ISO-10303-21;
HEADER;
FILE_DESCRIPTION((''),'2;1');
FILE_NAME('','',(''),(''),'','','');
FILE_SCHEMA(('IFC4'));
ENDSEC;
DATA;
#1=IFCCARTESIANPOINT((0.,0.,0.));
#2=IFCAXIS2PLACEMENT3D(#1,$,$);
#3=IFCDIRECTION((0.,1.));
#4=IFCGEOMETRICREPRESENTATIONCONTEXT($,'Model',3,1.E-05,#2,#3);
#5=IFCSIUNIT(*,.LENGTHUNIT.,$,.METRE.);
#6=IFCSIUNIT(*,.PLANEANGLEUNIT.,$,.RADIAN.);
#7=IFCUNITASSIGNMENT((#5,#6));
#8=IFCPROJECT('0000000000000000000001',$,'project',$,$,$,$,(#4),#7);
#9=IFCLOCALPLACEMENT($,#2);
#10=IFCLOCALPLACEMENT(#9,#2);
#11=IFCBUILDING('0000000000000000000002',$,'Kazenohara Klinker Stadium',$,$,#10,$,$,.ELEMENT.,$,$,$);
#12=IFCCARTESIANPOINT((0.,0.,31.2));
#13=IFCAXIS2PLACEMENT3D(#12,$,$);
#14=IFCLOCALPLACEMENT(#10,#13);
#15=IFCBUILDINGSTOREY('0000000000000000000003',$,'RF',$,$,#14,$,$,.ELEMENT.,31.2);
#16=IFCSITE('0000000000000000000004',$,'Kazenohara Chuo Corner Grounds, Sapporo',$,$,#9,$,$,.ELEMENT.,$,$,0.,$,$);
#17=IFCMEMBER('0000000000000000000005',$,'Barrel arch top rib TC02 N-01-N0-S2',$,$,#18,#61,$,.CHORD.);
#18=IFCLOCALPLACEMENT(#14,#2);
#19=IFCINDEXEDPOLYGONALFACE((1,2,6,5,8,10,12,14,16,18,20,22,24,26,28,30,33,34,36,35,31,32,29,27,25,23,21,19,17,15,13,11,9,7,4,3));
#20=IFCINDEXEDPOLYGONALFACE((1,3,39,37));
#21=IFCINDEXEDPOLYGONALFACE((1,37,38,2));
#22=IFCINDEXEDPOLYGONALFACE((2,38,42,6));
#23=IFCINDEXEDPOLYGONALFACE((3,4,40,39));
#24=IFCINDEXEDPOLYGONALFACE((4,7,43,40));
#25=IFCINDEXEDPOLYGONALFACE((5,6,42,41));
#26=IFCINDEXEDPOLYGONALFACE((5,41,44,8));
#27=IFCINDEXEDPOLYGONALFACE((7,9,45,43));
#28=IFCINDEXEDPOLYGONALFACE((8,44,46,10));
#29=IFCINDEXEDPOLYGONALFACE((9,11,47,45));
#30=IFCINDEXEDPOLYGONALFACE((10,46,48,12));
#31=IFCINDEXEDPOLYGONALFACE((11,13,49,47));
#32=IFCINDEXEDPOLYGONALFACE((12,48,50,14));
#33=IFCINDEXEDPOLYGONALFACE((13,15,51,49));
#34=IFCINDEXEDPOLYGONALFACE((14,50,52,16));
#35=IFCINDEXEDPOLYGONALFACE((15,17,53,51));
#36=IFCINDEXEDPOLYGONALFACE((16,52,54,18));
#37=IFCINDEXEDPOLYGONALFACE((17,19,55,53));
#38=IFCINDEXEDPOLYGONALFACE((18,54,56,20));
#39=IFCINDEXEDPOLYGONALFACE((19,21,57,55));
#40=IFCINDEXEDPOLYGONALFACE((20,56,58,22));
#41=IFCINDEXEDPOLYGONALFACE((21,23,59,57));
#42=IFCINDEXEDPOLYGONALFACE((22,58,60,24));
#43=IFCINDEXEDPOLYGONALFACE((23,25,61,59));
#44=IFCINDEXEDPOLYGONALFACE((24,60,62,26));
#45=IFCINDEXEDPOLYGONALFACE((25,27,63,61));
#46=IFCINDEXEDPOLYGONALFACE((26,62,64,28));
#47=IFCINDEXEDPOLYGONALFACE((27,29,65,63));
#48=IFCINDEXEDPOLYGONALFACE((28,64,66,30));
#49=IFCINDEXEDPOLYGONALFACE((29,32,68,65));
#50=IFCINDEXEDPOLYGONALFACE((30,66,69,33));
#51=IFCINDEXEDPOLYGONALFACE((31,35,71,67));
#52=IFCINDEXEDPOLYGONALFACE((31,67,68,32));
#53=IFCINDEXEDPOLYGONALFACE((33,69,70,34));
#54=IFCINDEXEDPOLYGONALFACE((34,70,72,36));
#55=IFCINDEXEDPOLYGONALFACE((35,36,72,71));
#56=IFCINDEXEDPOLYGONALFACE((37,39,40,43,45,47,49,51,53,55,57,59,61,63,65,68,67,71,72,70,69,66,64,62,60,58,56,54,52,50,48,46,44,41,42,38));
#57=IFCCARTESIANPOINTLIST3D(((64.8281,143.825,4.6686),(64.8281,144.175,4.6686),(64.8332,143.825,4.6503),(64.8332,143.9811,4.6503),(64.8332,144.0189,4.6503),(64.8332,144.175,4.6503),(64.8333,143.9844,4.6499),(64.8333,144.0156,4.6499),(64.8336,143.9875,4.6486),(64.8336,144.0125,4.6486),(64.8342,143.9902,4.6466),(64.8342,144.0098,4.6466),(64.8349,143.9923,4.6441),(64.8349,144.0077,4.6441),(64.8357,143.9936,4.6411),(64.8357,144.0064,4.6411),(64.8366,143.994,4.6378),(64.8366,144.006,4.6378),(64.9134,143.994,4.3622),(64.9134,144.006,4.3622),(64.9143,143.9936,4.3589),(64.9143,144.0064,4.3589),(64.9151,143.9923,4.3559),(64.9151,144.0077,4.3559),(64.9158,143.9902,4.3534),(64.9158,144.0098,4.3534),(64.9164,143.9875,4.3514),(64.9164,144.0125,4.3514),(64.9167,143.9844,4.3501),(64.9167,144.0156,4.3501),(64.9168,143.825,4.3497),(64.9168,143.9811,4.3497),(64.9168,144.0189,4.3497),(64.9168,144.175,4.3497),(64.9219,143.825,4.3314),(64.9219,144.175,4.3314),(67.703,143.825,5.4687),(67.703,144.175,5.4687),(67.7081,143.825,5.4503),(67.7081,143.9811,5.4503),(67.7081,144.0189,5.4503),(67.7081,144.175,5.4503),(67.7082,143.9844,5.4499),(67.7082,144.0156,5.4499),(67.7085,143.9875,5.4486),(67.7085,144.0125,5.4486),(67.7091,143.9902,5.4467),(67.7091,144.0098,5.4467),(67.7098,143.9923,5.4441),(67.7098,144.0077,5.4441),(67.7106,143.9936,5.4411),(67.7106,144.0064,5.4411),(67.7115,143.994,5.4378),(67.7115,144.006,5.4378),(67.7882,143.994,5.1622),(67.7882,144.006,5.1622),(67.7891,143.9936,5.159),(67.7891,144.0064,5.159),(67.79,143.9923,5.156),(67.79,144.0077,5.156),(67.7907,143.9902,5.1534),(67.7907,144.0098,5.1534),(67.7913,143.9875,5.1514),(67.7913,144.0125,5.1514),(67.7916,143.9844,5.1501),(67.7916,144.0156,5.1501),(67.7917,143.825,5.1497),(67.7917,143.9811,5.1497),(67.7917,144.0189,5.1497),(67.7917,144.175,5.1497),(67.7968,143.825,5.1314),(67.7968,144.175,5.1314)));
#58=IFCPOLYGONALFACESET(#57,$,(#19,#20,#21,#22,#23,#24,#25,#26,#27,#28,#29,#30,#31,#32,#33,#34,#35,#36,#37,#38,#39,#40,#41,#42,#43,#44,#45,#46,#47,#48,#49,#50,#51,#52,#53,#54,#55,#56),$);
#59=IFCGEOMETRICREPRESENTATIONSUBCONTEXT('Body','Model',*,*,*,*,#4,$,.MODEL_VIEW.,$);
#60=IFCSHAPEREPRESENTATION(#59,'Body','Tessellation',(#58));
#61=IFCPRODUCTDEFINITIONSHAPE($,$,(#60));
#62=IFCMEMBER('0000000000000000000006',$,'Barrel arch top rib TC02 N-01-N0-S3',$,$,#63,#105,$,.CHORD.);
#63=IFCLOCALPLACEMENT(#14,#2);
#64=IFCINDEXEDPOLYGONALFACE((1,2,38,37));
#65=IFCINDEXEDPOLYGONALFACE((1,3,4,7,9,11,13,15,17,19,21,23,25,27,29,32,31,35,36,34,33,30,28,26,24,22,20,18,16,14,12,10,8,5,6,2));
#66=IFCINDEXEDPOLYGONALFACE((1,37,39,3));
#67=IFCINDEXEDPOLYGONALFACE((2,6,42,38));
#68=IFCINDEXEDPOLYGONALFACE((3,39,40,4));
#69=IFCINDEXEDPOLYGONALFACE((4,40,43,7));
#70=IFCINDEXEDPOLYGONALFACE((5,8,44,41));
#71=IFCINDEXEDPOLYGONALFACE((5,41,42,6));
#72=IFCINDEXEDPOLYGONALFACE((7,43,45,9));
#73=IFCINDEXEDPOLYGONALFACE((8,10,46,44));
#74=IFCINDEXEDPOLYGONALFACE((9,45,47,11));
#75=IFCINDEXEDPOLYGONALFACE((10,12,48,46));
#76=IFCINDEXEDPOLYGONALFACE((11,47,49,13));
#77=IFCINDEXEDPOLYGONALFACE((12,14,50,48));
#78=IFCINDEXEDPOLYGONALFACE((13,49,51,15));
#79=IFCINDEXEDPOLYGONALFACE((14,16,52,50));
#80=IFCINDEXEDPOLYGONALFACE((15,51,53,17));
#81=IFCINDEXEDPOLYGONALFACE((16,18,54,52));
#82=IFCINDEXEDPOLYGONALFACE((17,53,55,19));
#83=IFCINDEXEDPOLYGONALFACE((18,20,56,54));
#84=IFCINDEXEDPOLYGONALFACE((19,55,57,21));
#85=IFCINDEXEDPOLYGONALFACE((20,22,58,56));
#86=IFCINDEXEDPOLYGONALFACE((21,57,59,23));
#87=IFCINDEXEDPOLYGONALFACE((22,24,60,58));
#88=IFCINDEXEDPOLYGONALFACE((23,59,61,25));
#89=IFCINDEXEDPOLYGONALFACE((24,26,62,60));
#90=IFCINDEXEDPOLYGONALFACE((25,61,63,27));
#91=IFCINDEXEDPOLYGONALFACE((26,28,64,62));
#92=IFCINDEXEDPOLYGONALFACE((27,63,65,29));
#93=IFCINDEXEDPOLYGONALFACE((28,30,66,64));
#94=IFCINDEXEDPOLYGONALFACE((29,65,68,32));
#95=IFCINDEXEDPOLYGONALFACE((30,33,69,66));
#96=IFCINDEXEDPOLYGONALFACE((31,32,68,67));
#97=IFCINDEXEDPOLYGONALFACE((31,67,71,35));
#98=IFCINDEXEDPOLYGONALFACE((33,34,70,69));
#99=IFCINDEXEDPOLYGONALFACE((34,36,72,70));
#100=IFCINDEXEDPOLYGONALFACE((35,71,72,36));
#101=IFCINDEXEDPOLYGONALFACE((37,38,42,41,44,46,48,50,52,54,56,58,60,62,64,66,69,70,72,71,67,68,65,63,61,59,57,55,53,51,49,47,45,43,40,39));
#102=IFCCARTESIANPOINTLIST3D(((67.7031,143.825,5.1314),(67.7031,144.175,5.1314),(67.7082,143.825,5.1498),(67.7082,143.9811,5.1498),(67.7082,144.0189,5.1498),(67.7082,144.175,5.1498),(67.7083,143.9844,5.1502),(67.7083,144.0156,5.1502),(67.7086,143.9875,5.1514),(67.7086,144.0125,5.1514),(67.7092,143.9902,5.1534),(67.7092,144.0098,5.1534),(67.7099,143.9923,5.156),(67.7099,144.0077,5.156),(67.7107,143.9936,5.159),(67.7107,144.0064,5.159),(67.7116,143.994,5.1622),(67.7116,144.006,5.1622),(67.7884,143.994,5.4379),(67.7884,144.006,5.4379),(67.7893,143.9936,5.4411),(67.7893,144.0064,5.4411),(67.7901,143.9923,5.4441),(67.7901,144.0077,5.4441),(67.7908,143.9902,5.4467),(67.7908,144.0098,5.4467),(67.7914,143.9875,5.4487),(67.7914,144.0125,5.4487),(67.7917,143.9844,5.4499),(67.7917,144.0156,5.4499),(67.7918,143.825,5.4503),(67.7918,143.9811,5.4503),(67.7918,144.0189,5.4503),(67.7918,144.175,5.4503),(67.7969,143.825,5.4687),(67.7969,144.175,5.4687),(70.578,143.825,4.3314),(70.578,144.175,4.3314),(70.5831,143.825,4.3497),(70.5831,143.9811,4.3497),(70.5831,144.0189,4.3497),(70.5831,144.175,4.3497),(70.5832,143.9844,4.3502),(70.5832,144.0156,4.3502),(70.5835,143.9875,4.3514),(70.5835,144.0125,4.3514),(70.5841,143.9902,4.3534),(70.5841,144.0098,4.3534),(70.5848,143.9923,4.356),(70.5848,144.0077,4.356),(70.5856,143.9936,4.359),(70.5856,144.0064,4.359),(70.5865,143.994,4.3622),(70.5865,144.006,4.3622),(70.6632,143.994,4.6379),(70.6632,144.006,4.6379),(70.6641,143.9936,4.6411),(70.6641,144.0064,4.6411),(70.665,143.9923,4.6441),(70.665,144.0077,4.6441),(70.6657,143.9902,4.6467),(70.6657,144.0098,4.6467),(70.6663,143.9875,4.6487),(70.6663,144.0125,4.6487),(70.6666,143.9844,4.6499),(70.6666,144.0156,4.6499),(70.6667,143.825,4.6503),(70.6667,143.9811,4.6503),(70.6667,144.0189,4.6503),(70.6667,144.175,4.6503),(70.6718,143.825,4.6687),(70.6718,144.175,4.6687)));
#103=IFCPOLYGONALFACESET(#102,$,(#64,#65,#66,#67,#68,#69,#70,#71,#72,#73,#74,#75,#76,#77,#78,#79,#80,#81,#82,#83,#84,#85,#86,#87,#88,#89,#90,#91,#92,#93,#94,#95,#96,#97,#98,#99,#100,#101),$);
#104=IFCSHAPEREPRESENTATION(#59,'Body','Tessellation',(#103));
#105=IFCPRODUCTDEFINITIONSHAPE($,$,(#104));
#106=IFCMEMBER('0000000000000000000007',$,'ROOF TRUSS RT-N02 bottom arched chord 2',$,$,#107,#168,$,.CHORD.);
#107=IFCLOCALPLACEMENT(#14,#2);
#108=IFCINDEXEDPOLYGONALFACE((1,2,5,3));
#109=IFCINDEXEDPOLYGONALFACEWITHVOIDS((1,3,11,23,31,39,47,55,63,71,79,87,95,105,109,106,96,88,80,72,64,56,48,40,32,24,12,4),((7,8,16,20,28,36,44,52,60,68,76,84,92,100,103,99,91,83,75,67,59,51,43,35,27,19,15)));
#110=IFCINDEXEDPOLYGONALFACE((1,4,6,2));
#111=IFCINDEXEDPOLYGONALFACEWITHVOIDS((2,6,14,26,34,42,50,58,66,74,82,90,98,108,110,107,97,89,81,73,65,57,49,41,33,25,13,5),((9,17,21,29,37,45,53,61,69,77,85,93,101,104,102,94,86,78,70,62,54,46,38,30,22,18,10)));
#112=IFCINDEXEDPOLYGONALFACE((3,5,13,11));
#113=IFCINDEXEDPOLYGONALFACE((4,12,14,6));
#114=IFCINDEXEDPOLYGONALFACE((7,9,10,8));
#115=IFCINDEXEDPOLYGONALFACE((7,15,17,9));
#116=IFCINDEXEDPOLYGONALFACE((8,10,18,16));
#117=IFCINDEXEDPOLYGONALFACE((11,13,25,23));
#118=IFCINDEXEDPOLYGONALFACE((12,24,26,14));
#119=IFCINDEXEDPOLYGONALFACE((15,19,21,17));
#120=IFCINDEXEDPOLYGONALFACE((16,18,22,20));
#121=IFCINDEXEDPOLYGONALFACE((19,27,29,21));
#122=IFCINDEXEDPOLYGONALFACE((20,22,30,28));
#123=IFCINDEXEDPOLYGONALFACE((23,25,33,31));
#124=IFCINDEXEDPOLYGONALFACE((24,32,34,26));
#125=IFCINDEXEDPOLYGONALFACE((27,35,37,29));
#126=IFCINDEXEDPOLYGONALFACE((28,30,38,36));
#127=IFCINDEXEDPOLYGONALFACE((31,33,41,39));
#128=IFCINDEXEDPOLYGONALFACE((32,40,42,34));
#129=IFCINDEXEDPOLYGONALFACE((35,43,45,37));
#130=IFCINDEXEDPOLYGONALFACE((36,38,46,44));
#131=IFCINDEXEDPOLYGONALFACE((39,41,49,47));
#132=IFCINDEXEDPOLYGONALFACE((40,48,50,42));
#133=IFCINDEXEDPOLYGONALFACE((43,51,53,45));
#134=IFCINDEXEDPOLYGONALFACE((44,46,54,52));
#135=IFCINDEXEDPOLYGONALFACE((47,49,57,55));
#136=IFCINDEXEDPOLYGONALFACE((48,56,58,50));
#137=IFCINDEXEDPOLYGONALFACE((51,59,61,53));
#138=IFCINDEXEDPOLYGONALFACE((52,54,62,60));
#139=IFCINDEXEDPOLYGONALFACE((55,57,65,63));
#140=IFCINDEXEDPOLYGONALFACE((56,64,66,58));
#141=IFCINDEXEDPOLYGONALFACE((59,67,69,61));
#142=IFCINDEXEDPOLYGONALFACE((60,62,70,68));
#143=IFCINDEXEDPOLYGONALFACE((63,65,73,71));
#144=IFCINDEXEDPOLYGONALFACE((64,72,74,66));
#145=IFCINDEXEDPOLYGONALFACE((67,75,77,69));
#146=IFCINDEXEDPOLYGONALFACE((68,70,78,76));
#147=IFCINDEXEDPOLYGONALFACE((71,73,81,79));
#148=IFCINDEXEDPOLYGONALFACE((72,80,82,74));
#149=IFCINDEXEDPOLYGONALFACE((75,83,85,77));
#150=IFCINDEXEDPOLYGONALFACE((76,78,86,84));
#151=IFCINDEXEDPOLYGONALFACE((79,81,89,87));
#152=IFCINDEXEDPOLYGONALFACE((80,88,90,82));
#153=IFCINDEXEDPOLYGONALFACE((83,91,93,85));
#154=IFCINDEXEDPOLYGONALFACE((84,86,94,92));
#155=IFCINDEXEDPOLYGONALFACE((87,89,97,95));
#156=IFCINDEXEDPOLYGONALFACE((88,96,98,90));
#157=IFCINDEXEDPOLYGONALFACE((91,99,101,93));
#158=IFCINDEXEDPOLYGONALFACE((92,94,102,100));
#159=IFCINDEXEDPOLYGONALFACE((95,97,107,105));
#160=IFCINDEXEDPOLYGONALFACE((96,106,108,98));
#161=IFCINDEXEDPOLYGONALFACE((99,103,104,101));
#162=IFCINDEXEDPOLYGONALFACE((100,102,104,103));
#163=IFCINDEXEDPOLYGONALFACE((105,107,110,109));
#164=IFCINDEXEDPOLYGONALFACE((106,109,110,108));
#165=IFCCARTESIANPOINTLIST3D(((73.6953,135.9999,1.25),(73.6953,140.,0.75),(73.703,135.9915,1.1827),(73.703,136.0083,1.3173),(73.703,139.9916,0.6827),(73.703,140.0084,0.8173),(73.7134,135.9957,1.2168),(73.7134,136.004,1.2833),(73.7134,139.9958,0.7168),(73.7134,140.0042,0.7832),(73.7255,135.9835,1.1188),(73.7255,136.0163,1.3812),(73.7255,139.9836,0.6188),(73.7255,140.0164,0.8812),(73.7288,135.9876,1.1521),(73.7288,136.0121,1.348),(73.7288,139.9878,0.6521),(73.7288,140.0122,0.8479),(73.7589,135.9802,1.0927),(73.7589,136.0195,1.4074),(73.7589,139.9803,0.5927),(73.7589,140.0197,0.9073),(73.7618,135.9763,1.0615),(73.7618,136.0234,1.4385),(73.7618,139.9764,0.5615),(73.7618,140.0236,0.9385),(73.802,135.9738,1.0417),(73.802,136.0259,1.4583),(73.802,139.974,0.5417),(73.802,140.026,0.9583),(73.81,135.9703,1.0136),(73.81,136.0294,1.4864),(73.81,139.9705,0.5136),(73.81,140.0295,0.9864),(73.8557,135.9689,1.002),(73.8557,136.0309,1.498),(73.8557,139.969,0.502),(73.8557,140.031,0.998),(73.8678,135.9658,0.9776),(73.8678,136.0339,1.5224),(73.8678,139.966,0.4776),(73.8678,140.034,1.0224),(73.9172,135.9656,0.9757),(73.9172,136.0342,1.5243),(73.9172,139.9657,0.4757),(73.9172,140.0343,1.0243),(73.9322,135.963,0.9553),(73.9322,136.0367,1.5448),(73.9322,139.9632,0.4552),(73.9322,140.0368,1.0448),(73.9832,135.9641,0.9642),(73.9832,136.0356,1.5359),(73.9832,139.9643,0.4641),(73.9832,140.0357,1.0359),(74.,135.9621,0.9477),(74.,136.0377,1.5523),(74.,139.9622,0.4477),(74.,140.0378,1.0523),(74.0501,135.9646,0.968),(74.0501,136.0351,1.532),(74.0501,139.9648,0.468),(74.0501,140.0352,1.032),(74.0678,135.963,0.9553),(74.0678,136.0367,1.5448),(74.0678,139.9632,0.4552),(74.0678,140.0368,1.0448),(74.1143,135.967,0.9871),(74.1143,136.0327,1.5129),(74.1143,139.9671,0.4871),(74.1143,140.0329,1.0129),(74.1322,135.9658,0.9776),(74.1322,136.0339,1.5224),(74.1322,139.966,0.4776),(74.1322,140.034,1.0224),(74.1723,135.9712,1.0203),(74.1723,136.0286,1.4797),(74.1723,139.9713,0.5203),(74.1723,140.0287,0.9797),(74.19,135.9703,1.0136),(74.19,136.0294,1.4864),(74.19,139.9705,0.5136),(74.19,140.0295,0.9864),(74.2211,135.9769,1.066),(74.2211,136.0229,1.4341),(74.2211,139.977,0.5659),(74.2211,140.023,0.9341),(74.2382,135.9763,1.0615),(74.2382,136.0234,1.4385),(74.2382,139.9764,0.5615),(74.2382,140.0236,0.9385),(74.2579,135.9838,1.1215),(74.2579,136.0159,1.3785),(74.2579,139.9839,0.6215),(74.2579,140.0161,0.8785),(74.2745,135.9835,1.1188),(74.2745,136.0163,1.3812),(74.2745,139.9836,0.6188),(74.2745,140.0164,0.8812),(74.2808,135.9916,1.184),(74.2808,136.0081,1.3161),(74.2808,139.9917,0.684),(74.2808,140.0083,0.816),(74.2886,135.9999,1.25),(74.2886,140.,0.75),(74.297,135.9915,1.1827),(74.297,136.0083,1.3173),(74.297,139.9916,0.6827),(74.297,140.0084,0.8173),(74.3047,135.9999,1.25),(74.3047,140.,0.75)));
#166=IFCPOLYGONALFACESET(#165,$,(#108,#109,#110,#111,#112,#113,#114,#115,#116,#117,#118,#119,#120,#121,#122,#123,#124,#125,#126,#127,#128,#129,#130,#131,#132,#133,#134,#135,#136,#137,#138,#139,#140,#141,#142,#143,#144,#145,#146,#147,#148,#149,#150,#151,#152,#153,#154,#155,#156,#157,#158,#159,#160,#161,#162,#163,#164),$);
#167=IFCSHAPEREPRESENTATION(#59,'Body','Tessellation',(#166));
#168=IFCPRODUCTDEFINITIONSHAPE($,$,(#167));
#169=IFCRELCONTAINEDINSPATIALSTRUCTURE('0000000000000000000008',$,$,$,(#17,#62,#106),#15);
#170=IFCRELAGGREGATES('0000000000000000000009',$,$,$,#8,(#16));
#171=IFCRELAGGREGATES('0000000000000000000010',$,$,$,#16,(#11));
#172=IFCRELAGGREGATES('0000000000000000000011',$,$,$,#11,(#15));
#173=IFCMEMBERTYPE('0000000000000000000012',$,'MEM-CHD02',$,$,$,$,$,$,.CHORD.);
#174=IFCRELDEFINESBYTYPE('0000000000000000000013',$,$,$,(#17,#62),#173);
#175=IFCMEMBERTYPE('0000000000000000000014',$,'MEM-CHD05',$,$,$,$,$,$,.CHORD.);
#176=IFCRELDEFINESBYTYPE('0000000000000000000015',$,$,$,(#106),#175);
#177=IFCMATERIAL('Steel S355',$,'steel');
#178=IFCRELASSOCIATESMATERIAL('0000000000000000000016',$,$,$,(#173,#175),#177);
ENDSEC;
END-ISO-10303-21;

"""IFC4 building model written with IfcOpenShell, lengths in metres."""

from ifc_helpers import new_model, si_unit, direction, frame, origin, origin_2d, place, context, subcontext, project, spatial, hollow_circle, i_section, extrude, material, material_profile, profile_set, type_object, element, save


model = new_model("IFC4")

# Units and contexts
model_context = context("Model", 3, precision=1e-05, world=origin(), true_north=direction((0.0, 1.0)))
body_context = subcontext(model_context, "Body", "Model", "MODEL_VIEW")
ifc_project = project(units=[si_unit("LENGTHUNIT", "METRE"), si_unit("PLANEANGLEUNIT", "RADIAN")], contexts=[model_context])

# Site, building, storey
site_placement = place(None, origin())
site = spatial("IfcSite", under=ifc_project, at=site_placement, Name="Kazenohara Chuo Corner Grounds, Sapporo", CompositionType="ELEMENT", RefElevation=0.0)
building_placement = place(site_placement, origin())
building = spatial("IfcBuilding", under=site, at=building_placement, Name="Kazenohara Klinker Stadium", CompositionType="ELEMENT")
storey_placement = place(building_placement, frame((0.0, 0.0, 31.2)))
storey = spatial("IfcBuildingStorey", under=building, at=storey_placement, Name="RF", CompositionType="ELEMENT", Elevation=31.2)

# Members
ifc_material_1 = material(Name="Steel S355", Category="steel")
ifc_material_profile_1 = material_profile(ifc_material_1, i_section(OverallWidth=0.3501, OverallDepth=0.3501, WebThickness=0.012, FlangeThickness=0.019, FilletRadius=0.0129, at=origin_2d()), Name="H-350x350x12x19")
ifc_profile_set_1 = profile_set([ifc_material_profile_1], Name="Steel S355")
member_type_1 = type_object("IfcMemberType", Name="MEM-CHD02", PredefinedType="CHORD", material=ifc_profile_set_1)
for number, where, z_axis, x_axis, name in (
    (1, (64.875, 144.0, 4.5), (0.963394, 0.0, 0.268091), (0.0, 1.0, 0.0), "Barrel arch top rib TC02 N-01-N0-S2"),
    (2, (67.75, 144.0, 5.3), (0.963394, 0.0, -0.268091), (0.0, 1.0, 0.0), "Barrel arch top rib TC02 N-01-N0-S3"),
):
    element("IfcMember", number, at=place(storey_placement, frame(where, z_axis=z_axis, x_axis=x_axis)), inside=storey, type_object=member_type_1, Name=name, PredefinedType="CHORD", context=body_context, shape_type="SweptSolid", body=[
        extrude(i_section(OverallWidth=0.3501, OverallDepth=0.3501, WebThickness=0.012, FlangeThickness=0.019, FilletRadius=0.0129, at=origin_2d()), origin(), (0.0, 0.0, 1.0), 2.9841),
    ])
ifc_material_profile_2 = material_profile(ifc_material_1, hollow_circle(Radius=0.3047, WallThickness=0.0161, at=origin_2d()), Name="CHS-609.6x16")
ifc_profile_set_2 = profile_set([ifc_material_profile_2], Name="Steel S355")
member_type_2 = type_object("IfcMemberType", Name="MEM-CHD05", PredefinedType="CHORD", material=ifc_profile_set_2)
member_1_placement = place(storey_placement, frame((74.0, 140.0, 0.75), z_axis=(0.0, -0.992278, 0.124035), x_axis=(1.0, 0.0, 0.0)))
element("IfcMember", 3, at=member_1_placement, inside=storey, type_object=member_type_2, Name="ROOF TRUSS RT-N02 bottom arched chord 2", PredefinedType="CHORD", context=body_context, shape_type="SweptSolid", body=[
    extrude(hollow_circle(Radius=0.3047, WallThickness=0.0161, at=origin_2d()), origin(), (0.0, 0.0, 1.0), 4.0312),
])

save(model, "model.ifc")
